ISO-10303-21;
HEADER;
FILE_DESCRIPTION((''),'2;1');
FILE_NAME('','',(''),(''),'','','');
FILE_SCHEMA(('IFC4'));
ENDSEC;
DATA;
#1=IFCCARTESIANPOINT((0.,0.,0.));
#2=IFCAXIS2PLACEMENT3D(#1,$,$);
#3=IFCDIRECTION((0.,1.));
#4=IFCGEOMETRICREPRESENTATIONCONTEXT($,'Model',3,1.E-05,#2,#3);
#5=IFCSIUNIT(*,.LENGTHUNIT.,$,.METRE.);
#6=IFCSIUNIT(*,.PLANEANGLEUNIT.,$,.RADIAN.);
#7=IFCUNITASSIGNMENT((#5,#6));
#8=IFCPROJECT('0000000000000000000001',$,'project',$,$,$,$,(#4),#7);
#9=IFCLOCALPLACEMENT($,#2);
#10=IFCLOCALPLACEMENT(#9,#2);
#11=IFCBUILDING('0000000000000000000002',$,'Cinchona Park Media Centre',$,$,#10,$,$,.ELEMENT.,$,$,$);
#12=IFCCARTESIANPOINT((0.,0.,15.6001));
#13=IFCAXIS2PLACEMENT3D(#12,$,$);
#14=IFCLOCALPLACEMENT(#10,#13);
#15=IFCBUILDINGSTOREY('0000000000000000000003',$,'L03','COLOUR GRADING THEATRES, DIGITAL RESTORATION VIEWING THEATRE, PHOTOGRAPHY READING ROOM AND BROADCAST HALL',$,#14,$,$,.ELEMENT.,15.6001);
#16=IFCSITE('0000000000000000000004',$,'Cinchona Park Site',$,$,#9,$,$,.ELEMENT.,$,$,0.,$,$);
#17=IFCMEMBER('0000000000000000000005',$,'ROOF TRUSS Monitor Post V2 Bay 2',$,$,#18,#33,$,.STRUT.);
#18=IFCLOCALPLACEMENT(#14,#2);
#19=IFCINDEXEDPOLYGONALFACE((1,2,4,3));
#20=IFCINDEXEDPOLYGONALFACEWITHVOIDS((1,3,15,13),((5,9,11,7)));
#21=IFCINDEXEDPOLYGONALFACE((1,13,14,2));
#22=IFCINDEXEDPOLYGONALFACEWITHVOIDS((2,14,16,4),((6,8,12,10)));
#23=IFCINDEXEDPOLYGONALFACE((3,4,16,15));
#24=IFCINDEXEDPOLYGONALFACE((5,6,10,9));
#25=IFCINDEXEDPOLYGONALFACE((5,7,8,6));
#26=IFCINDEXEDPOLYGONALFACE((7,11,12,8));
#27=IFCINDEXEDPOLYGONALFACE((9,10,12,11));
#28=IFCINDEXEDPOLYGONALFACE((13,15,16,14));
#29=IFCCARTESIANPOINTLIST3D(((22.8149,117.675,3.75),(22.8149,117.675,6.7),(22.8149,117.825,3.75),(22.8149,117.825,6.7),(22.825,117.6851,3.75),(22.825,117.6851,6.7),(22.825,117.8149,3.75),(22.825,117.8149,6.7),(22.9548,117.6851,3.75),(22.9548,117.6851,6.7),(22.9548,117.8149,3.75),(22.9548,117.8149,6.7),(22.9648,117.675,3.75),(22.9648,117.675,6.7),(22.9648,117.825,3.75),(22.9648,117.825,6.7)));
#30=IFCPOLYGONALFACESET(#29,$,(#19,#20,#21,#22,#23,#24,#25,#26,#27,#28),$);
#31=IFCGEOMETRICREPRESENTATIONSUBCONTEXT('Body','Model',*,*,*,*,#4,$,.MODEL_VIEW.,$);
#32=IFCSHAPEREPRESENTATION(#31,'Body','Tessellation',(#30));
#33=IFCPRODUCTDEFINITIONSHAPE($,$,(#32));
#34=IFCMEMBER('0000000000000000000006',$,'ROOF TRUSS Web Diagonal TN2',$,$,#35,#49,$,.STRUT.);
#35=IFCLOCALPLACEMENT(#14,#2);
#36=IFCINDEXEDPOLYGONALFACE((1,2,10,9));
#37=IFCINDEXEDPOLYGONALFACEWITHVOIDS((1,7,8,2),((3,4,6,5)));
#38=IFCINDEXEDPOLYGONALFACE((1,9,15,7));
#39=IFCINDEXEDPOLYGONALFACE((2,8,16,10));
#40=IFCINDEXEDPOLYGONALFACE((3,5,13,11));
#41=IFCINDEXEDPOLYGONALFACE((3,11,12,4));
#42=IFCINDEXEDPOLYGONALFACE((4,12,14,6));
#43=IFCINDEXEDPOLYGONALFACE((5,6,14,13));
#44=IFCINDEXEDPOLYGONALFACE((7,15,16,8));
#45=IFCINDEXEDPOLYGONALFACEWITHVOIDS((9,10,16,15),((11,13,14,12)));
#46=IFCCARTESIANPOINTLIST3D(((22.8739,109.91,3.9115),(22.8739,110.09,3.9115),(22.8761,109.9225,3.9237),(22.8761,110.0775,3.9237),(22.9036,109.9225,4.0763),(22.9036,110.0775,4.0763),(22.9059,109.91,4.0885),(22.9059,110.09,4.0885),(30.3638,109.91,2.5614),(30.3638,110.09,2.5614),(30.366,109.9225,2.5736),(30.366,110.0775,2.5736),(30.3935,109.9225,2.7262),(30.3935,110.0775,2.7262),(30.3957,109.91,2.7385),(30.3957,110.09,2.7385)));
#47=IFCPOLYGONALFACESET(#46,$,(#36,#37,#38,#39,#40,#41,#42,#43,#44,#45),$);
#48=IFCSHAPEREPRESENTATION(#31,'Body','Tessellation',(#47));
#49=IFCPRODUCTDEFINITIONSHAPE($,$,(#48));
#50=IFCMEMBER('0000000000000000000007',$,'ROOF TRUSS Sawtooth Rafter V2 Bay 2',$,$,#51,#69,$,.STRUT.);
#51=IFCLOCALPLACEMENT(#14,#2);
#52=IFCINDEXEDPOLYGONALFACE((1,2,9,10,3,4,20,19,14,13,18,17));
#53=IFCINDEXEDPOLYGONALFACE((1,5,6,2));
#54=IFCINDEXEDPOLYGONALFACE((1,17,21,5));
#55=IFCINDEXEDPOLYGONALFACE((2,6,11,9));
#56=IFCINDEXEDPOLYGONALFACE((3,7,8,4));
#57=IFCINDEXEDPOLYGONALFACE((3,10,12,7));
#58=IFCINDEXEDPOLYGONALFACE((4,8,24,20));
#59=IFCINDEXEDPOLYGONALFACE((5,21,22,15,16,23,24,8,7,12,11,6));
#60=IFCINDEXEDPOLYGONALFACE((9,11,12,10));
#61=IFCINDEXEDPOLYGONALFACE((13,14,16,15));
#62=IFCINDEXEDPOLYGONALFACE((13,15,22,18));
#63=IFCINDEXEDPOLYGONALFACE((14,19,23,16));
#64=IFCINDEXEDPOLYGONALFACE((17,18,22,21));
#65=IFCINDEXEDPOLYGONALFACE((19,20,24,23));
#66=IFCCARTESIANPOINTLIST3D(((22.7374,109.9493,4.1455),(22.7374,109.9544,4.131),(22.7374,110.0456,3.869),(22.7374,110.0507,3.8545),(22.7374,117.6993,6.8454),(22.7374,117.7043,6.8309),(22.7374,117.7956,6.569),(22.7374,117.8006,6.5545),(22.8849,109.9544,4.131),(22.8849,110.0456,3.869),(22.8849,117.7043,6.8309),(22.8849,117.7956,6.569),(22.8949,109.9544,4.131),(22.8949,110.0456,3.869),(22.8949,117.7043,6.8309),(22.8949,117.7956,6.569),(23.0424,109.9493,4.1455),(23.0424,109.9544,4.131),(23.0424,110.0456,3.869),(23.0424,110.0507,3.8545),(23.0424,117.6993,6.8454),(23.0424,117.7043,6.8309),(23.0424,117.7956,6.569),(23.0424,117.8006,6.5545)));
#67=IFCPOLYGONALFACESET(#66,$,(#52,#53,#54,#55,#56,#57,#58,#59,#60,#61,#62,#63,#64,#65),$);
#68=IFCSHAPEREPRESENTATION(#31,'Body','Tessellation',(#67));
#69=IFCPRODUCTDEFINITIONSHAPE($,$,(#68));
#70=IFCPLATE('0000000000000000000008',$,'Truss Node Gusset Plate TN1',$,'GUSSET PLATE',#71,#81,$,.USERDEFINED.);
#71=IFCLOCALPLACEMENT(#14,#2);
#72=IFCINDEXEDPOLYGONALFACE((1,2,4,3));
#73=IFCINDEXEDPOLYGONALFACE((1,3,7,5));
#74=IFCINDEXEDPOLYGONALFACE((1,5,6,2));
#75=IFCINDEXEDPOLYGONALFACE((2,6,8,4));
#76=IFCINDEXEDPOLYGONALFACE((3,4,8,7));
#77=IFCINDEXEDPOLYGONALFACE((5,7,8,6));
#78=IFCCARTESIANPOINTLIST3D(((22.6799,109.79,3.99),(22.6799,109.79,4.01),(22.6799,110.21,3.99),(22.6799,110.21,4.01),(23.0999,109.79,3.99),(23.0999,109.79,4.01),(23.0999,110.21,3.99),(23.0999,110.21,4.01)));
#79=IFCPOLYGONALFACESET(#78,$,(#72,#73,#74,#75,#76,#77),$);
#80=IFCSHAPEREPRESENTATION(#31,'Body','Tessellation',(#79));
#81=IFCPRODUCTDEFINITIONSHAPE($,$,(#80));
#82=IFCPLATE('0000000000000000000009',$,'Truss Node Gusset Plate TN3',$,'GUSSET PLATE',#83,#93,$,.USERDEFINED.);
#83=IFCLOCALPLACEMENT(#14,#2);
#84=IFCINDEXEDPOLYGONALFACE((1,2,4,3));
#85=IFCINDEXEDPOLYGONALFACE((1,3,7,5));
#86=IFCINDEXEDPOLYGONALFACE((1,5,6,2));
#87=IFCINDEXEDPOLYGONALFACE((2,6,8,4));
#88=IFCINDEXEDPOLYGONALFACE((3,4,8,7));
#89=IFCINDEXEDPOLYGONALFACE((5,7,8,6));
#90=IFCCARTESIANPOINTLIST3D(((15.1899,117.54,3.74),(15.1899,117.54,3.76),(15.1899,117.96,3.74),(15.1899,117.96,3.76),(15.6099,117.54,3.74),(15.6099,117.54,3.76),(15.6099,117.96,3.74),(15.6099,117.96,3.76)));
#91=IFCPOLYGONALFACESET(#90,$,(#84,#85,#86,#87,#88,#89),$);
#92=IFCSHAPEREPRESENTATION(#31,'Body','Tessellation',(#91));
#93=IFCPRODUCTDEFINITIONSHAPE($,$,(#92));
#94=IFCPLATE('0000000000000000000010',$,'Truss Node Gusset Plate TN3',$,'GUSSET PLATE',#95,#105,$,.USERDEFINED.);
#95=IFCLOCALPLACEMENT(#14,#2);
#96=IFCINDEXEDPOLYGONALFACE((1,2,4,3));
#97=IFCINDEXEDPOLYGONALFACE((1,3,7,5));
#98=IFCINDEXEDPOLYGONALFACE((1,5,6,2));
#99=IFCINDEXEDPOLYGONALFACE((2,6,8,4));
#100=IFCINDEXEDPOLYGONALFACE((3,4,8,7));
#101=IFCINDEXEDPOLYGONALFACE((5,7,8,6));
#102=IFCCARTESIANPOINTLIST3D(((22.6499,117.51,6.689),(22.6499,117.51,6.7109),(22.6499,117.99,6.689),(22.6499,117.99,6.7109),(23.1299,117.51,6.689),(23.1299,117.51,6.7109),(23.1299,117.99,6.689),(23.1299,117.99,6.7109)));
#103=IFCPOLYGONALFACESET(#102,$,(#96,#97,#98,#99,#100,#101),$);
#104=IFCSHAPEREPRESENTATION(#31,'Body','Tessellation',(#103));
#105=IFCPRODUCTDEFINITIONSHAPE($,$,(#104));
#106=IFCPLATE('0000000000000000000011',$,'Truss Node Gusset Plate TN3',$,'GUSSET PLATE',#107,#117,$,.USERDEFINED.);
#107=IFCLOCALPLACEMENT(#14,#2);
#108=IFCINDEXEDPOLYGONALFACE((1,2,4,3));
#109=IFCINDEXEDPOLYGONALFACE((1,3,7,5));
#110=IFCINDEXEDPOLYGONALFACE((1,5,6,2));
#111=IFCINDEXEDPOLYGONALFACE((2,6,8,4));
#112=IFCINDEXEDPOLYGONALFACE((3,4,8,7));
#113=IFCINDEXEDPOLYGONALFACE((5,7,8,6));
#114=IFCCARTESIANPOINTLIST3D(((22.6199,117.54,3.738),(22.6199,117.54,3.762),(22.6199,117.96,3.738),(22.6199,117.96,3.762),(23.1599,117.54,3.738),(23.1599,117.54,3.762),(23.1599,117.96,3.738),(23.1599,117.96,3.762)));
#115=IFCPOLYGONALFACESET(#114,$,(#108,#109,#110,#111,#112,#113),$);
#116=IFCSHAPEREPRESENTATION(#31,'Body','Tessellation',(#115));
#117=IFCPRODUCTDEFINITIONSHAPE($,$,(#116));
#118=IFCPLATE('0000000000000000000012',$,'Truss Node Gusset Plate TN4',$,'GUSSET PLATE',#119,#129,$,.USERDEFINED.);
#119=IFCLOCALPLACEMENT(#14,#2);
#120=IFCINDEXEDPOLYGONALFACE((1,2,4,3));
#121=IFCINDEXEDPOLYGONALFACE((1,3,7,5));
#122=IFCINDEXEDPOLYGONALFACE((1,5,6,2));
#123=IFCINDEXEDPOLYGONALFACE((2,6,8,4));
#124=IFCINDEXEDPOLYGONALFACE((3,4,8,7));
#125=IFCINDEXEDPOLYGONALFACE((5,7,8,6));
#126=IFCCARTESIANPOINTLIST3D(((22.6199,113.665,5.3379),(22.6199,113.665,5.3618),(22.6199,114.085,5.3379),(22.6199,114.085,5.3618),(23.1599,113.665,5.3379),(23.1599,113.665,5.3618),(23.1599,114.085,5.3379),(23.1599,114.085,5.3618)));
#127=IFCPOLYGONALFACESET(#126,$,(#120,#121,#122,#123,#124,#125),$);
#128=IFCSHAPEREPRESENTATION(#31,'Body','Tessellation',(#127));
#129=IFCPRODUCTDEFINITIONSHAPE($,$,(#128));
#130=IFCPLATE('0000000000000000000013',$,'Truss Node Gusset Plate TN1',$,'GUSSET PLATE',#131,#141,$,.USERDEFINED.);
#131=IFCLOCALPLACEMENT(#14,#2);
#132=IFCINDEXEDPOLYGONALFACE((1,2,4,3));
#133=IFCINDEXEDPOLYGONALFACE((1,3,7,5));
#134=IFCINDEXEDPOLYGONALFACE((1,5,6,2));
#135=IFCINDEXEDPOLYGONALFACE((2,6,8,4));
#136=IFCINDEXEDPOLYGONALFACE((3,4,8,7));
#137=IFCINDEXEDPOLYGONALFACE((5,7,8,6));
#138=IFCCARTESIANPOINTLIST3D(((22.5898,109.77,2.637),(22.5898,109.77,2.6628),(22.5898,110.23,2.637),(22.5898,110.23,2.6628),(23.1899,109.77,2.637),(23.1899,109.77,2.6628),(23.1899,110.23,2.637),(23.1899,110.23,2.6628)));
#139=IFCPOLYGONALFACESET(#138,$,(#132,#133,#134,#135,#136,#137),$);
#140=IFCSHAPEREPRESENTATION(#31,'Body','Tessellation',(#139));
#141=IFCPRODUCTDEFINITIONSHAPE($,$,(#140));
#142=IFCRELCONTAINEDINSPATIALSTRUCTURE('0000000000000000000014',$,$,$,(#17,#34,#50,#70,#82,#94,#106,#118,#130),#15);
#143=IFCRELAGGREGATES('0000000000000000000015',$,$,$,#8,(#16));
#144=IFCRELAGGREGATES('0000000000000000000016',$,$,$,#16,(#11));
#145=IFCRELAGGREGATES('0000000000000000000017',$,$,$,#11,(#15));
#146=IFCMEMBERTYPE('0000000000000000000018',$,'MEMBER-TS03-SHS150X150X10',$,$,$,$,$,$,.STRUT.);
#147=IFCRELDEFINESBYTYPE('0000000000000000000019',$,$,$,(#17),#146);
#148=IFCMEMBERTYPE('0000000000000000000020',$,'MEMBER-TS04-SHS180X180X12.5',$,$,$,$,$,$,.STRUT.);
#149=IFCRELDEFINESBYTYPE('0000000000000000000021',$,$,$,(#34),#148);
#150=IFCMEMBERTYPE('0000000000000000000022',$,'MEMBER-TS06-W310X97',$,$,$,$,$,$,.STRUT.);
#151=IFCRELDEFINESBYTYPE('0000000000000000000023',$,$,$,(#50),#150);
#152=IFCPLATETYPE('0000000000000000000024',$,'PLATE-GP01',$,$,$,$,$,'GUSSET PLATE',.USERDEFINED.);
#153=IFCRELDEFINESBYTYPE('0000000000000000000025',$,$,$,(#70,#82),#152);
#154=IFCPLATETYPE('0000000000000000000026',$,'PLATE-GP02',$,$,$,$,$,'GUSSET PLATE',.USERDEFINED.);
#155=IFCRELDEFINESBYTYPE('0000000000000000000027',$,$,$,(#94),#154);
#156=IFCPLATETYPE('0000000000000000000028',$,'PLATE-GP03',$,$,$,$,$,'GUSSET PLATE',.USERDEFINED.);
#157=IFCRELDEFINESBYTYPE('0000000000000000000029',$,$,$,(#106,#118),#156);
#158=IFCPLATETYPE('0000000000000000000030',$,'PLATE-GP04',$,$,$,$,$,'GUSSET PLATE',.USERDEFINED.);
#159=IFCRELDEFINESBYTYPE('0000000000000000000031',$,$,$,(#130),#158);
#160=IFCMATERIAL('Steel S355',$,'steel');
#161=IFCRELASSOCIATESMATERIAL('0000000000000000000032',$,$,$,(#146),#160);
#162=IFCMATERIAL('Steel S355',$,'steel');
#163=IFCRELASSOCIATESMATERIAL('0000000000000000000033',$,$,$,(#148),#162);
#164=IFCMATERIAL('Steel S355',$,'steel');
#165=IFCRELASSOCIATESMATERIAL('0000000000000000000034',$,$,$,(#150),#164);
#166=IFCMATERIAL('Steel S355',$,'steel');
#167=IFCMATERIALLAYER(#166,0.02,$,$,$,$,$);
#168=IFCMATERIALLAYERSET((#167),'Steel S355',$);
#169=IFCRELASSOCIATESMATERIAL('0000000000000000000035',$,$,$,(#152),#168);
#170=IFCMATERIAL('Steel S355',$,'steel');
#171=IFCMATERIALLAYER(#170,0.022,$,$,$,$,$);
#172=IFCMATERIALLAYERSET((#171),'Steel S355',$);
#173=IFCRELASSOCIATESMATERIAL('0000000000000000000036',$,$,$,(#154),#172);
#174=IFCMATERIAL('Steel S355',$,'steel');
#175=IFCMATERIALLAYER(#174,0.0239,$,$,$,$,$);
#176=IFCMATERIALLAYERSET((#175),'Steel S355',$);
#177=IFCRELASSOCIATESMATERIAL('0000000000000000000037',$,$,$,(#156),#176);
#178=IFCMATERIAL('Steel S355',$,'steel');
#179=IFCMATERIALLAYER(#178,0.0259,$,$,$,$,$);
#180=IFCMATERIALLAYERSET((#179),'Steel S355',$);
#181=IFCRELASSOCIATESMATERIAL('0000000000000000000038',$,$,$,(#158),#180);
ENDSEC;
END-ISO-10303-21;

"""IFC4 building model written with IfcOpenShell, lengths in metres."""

from ifc_helpers import new_model, si_unit, direction, frame, origin, origin_2d, place, context, subcontext, project, spatial, rectangle, hollow_rectangle, i_section, extrude, material, layer, layer_set, material_profile, profile_set, type_object, element, save


model = new_model("IFC4")

# Units and contexts
model_context = context("Model", 3, precision=1e-05, world=origin(), true_north=direction((0.0, 1.0)))
body_context = subcontext(model_context, "Body", "Model", "MODEL_VIEW")
ifc_project = project(units=[si_unit("LENGTHUNIT", "METRE"), si_unit("PLANEANGLEUNIT", "RADIAN")], contexts=[model_context])

# Site, building, storey
site_placement = place(None, origin())
site = spatial("IfcSite", under=ifc_project, at=site_placement, Name="Cinchona Park Site", CompositionType="ELEMENT", RefElevation=0.0)
building_placement = place(site_placement, origin())
building = spatial("IfcBuilding", under=site, at=building_placement, Name="Cinchona Park Media Centre", CompositionType="ELEMENT")
storey_placement = place(building_placement, frame((0.0, 0.0, 15.6001)))
storey = spatial("IfcBuildingStorey", under=building, at=storey_placement, Name="L03", Description="COLOUR GRADING THEATRES, DIGITAL RESTORATION VIEWING THEATRE, PHOTOGRAPHY READING ROOM AND BROADCAST HALL", CompositionType="ELEMENT", Elevation=15.6001)

# Members
ifc_material_1 = material(Name="Steel S355", Category="steel")
ifc_material_profile_1 = material_profile(ifc_material_1, hollow_rectangle(XDim=0.1499, YDim=0.1499, WallThickness=0.01, at=origin_2d()), Name="150X150X10SHS")
ifc_profile_set_1 = profile_set([ifc_material_profile_1], Name="Steel S355")
member_type_1 = type_object("IfcMemberType", Name="MEMBER-TS03-SHS150X150X10", PredefinedType="STRUT", material=ifc_profile_set_1)
for number, where, z_axis, x_axis, name in (
    (1, (22.8899, 117.75, 3.75), (0.0, 0.0, 1.0), (1.0, 0.0, 0.0), "ROOF TRUSS Monitor Post V2 Bay 2"),
):
    element("IfcMember", number, at=place(storey_placement, frame(where, z_axis=z_axis, x_axis=x_axis)), inside=storey, type_object=member_type_1, Name=name, PredefinedType="STRUT", context=body_context, shape_type="SweptSolid", body=[
        extrude(hollow_rectangle(XDim=0.1499, YDim=0.1499, WallThickness=0.01, at=origin_2d()), origin(), (0.0, 0.0, 1.0), 2.95),
    ])
ifc_material_2 = material(Name="Steel S355", Category="steel")
ifc_material_profile_2 = material_profile(ifc_material_2, hollow_rectangle(XDim=0.1799, YDim=0.1799, WallThickness=0.0125, at=origin_2d()), Name="180X180X12.5SHS")
ifc_profile_set_2 = profile_set([ifc_material_profile_2], Name="Steel S355")
member_type_2 = type_object("IfcMemberType", Name="MEMBER-TS04-SHS180X180X12.5", PredefinedType="STRUT", material=ifc_profile_set_2)
member_1_placement = place(storey_placement, frame((22.8899, 110.0, 4.0), z_axis=(0.98414, 0.0, -0.177395), x_axis=(0.0, 1.0, 0.0)))
element("IfcMember", 2, at=member_1_placement, inside=storey, type_object=member_type_2, Name="ROOF TRUSS Web Diagonal TN2", PredefinedType="STRUT", context=body_context, shape_type="SweptSolid", body=[
    extrude(hollow_rectangle(XDim=0.1799, YDim=0.1799, WallThickness=0.0125, at=origin_2d()), origin(), (0.0, 0.0, 1.0), 7.6106),
])
ifc_material_3 = material(Name="Steel S355", Category="steel")
ifc_material_profile_3 = material_profile(ifc_material_3, i_section(OverallWidth=0.3049, OverallDepth=0.3081, WebThickness=0.01, FlangeThickness=0.0154, at=origin_2d()), Name="W310X97")
ifc_profile_set_3 = profile_set([ifc_material_profile_3], Name="Steel S355")
member_type_3 = type_object("IfcMemberType", Name="MEMBER-TS06-W310X97", PredefinedType="STRUT", material=ifc_profile_set_3)
member_2_placement = place(storey_placement, frame((22.8899, 110.0, 4.0), z_axis=(0.0, 0.944334, 0.328988), x_axis=(-1.0, 0.0, 0.0)))
element("IfcMember", 3, at=member_2_placement, inside=storey, type_object=member_type_3, Name="ROOF TRUSS Sawtooth Rafter V2 Bay 2", PredefinedType="STRUT", context=body_context, shape_type="SweptSolid", body=[
    extrude(i_section(OverallWidth=0.3049, OverallDepth=0.3081, WebThickness=0.01, FlangeThickness=0.0154, at=origin_2d()), origin(), (0.0, 0.0, 1.0), 8.2068),
])

# Plates
ifc_material_4 = material(Name="Steel S355", Category="steel")
ifc_layer_1 = layer(ifc_material_4, 0.02)
ifc_layer_set_1 = layer_set([ifc_layer_1], Name="Steel S355")
plate_type_1 = type_object("IfcPlateType", Name="PLATE-GP01", ElementType="GUSSET PLATE", PredefinedType="USERDEFINED", material=ifc_layer_set_1)
for number, where, z_axis, x_axis, name in (
    (4, (22.8899, 110.0, 3.99), (0.0, 0.0, 1.0), (1.0, 0.0, 0.0), "Truss Node Gusset Plate TN1"),
    (5, (15.3999, 117.75, 3.74), (0.0, 0.0, 1.0), (1.0, 0.0, 0.0), "Truss Node Gusset Plate TN3"),
):
    element("IfcPlate", number, at=place(storey_placement, frame(where, z_axis=z_axis, x_axis=x_axis)), inside=storey, type_object=plate_type_1, Name=name, ObjectType="GUSSET PLATE", PredefinedType="USERDEFINED", context=body_context, shape_type="SweptSolid", body=[
        extrude(rectangle(XDim=0.4199, YDim=0.4199, at=origin_2d()), origin(), (0.0, 0.0, 1.0), 0.02),
    ])
ifc_material_5 = material(Name="Steel S355", Category="steel")
ifc_layer_2 = layer(ifc_material_5, 0.022)
ifc_layer_set_2 = layer_set([ifc_layer_2], Name="Steel S355")
plate_type_2 = type_object("IfcPlateType", Name="PLATE-GP02", ElementType="GUSSET PLATE", PredefinedType="USERDEFINED", material=ifc_layer_set_2)
plate_1_placement = place(storey_placement, frame((22.8899, 117.75, 6.689), z_axis=(0.0, 0.0, 1.0), x_axis=(1.0, 0.0, 0.0)))
element("IfcPlate", 6, at=plate_1_placement, inside=storey, type_object=plate_type_2, Name="Truss Node Gusset Plate TN3", ObjectType="GUSSET PLATE", PredefinedType="USERDEFINED", context=body_context, shape_type="SweptSolid", body=[
    extrude(rectangle(XDim=0.48, YDim=0.48, at=origin_2d()), origin(), (0.0, 0.0, 1.0), 0.022),
])
ifc_material_6 = material(Name="Steel S355", Category="steel")
ifc_layer_3 = layer(ifc_material_6, 0.0239)
ifc_layer_set_3 = layer_set([ifc_layer_3], Name="Steel S355")
plate_type_3 = type_object("IfcPlateType", Name="PLATE-GP03", ElementType="GUSSET PLATE", PredefinedType="USERDEFINED", material=ifc_layer_set_3)
for number, where, z_axis, x_axis, name in (
    (7, (22.8899, 117.75, 3.738), (0.0, 0.0, 1.0), (1.0, 0.0, 0.0), "Truss Node Gusset Plate TN3"),
    (8, (22.8899, 113.875, 5.3379), (0.0, 0.0, 1.0), (1.0, 0.0, 0.0), "Truss Node Gusset Plate TN4"),
):
    element("IfcPlate", number, at=place(storey_placement, frame(where, z_axis=z_axis, x_axis=x_axis)), inside=storey, type_object=plate_type_3, Name=name, ObjectType="GUSSET PLATE", PredefinedType="USERDEFINED", context=body_context, shape_type="SweptSolid", body=[
        extrude(rectangle(XDim=0.54, YDim=0.4199, at=origin_2d()), origin(), (0.0, 0.0, 1.0), 0.0239),
    ])
ifc_material_7 = material(Name="Steel S355", Category="steel")
ifc_layer_4 = layer(ifc_material_7, 0.0259)
ifc_layer_set_4 = layer_set([ifc_layer_4], Name="Steel S355")
plate_type_4 = type_object("IfcPlateType", Name="PLATE-GP04", ElementType="GUSSET PLATE", PredefinedType="USERDEFINED", material=ifc_layer_set_4)
plate_2_placement = place(storey_placement, frame((22.8899, 110.0, 2.637), z_axis=(0.0, 0.0, 1.0), x_axis=(1.0, 0.0, 0.0)))
element("IfcPlate", 9, at=plate_2_placement, inside=storey, type_object=plate_type_4, Name="Truss Node Gusset Plate TN1", ObjectType="GUSSET PLATE", PredefinedType="USERDEFINED", context=body_context, shape_type="SweptSolid", body=[
    extrude(rectangle(XDim=0.6001, YDim=0.46, at=origin_2d()), origin(), (0.0, 0.0, 1.0), 0.0259),
])

save(model, "model.ifc")
